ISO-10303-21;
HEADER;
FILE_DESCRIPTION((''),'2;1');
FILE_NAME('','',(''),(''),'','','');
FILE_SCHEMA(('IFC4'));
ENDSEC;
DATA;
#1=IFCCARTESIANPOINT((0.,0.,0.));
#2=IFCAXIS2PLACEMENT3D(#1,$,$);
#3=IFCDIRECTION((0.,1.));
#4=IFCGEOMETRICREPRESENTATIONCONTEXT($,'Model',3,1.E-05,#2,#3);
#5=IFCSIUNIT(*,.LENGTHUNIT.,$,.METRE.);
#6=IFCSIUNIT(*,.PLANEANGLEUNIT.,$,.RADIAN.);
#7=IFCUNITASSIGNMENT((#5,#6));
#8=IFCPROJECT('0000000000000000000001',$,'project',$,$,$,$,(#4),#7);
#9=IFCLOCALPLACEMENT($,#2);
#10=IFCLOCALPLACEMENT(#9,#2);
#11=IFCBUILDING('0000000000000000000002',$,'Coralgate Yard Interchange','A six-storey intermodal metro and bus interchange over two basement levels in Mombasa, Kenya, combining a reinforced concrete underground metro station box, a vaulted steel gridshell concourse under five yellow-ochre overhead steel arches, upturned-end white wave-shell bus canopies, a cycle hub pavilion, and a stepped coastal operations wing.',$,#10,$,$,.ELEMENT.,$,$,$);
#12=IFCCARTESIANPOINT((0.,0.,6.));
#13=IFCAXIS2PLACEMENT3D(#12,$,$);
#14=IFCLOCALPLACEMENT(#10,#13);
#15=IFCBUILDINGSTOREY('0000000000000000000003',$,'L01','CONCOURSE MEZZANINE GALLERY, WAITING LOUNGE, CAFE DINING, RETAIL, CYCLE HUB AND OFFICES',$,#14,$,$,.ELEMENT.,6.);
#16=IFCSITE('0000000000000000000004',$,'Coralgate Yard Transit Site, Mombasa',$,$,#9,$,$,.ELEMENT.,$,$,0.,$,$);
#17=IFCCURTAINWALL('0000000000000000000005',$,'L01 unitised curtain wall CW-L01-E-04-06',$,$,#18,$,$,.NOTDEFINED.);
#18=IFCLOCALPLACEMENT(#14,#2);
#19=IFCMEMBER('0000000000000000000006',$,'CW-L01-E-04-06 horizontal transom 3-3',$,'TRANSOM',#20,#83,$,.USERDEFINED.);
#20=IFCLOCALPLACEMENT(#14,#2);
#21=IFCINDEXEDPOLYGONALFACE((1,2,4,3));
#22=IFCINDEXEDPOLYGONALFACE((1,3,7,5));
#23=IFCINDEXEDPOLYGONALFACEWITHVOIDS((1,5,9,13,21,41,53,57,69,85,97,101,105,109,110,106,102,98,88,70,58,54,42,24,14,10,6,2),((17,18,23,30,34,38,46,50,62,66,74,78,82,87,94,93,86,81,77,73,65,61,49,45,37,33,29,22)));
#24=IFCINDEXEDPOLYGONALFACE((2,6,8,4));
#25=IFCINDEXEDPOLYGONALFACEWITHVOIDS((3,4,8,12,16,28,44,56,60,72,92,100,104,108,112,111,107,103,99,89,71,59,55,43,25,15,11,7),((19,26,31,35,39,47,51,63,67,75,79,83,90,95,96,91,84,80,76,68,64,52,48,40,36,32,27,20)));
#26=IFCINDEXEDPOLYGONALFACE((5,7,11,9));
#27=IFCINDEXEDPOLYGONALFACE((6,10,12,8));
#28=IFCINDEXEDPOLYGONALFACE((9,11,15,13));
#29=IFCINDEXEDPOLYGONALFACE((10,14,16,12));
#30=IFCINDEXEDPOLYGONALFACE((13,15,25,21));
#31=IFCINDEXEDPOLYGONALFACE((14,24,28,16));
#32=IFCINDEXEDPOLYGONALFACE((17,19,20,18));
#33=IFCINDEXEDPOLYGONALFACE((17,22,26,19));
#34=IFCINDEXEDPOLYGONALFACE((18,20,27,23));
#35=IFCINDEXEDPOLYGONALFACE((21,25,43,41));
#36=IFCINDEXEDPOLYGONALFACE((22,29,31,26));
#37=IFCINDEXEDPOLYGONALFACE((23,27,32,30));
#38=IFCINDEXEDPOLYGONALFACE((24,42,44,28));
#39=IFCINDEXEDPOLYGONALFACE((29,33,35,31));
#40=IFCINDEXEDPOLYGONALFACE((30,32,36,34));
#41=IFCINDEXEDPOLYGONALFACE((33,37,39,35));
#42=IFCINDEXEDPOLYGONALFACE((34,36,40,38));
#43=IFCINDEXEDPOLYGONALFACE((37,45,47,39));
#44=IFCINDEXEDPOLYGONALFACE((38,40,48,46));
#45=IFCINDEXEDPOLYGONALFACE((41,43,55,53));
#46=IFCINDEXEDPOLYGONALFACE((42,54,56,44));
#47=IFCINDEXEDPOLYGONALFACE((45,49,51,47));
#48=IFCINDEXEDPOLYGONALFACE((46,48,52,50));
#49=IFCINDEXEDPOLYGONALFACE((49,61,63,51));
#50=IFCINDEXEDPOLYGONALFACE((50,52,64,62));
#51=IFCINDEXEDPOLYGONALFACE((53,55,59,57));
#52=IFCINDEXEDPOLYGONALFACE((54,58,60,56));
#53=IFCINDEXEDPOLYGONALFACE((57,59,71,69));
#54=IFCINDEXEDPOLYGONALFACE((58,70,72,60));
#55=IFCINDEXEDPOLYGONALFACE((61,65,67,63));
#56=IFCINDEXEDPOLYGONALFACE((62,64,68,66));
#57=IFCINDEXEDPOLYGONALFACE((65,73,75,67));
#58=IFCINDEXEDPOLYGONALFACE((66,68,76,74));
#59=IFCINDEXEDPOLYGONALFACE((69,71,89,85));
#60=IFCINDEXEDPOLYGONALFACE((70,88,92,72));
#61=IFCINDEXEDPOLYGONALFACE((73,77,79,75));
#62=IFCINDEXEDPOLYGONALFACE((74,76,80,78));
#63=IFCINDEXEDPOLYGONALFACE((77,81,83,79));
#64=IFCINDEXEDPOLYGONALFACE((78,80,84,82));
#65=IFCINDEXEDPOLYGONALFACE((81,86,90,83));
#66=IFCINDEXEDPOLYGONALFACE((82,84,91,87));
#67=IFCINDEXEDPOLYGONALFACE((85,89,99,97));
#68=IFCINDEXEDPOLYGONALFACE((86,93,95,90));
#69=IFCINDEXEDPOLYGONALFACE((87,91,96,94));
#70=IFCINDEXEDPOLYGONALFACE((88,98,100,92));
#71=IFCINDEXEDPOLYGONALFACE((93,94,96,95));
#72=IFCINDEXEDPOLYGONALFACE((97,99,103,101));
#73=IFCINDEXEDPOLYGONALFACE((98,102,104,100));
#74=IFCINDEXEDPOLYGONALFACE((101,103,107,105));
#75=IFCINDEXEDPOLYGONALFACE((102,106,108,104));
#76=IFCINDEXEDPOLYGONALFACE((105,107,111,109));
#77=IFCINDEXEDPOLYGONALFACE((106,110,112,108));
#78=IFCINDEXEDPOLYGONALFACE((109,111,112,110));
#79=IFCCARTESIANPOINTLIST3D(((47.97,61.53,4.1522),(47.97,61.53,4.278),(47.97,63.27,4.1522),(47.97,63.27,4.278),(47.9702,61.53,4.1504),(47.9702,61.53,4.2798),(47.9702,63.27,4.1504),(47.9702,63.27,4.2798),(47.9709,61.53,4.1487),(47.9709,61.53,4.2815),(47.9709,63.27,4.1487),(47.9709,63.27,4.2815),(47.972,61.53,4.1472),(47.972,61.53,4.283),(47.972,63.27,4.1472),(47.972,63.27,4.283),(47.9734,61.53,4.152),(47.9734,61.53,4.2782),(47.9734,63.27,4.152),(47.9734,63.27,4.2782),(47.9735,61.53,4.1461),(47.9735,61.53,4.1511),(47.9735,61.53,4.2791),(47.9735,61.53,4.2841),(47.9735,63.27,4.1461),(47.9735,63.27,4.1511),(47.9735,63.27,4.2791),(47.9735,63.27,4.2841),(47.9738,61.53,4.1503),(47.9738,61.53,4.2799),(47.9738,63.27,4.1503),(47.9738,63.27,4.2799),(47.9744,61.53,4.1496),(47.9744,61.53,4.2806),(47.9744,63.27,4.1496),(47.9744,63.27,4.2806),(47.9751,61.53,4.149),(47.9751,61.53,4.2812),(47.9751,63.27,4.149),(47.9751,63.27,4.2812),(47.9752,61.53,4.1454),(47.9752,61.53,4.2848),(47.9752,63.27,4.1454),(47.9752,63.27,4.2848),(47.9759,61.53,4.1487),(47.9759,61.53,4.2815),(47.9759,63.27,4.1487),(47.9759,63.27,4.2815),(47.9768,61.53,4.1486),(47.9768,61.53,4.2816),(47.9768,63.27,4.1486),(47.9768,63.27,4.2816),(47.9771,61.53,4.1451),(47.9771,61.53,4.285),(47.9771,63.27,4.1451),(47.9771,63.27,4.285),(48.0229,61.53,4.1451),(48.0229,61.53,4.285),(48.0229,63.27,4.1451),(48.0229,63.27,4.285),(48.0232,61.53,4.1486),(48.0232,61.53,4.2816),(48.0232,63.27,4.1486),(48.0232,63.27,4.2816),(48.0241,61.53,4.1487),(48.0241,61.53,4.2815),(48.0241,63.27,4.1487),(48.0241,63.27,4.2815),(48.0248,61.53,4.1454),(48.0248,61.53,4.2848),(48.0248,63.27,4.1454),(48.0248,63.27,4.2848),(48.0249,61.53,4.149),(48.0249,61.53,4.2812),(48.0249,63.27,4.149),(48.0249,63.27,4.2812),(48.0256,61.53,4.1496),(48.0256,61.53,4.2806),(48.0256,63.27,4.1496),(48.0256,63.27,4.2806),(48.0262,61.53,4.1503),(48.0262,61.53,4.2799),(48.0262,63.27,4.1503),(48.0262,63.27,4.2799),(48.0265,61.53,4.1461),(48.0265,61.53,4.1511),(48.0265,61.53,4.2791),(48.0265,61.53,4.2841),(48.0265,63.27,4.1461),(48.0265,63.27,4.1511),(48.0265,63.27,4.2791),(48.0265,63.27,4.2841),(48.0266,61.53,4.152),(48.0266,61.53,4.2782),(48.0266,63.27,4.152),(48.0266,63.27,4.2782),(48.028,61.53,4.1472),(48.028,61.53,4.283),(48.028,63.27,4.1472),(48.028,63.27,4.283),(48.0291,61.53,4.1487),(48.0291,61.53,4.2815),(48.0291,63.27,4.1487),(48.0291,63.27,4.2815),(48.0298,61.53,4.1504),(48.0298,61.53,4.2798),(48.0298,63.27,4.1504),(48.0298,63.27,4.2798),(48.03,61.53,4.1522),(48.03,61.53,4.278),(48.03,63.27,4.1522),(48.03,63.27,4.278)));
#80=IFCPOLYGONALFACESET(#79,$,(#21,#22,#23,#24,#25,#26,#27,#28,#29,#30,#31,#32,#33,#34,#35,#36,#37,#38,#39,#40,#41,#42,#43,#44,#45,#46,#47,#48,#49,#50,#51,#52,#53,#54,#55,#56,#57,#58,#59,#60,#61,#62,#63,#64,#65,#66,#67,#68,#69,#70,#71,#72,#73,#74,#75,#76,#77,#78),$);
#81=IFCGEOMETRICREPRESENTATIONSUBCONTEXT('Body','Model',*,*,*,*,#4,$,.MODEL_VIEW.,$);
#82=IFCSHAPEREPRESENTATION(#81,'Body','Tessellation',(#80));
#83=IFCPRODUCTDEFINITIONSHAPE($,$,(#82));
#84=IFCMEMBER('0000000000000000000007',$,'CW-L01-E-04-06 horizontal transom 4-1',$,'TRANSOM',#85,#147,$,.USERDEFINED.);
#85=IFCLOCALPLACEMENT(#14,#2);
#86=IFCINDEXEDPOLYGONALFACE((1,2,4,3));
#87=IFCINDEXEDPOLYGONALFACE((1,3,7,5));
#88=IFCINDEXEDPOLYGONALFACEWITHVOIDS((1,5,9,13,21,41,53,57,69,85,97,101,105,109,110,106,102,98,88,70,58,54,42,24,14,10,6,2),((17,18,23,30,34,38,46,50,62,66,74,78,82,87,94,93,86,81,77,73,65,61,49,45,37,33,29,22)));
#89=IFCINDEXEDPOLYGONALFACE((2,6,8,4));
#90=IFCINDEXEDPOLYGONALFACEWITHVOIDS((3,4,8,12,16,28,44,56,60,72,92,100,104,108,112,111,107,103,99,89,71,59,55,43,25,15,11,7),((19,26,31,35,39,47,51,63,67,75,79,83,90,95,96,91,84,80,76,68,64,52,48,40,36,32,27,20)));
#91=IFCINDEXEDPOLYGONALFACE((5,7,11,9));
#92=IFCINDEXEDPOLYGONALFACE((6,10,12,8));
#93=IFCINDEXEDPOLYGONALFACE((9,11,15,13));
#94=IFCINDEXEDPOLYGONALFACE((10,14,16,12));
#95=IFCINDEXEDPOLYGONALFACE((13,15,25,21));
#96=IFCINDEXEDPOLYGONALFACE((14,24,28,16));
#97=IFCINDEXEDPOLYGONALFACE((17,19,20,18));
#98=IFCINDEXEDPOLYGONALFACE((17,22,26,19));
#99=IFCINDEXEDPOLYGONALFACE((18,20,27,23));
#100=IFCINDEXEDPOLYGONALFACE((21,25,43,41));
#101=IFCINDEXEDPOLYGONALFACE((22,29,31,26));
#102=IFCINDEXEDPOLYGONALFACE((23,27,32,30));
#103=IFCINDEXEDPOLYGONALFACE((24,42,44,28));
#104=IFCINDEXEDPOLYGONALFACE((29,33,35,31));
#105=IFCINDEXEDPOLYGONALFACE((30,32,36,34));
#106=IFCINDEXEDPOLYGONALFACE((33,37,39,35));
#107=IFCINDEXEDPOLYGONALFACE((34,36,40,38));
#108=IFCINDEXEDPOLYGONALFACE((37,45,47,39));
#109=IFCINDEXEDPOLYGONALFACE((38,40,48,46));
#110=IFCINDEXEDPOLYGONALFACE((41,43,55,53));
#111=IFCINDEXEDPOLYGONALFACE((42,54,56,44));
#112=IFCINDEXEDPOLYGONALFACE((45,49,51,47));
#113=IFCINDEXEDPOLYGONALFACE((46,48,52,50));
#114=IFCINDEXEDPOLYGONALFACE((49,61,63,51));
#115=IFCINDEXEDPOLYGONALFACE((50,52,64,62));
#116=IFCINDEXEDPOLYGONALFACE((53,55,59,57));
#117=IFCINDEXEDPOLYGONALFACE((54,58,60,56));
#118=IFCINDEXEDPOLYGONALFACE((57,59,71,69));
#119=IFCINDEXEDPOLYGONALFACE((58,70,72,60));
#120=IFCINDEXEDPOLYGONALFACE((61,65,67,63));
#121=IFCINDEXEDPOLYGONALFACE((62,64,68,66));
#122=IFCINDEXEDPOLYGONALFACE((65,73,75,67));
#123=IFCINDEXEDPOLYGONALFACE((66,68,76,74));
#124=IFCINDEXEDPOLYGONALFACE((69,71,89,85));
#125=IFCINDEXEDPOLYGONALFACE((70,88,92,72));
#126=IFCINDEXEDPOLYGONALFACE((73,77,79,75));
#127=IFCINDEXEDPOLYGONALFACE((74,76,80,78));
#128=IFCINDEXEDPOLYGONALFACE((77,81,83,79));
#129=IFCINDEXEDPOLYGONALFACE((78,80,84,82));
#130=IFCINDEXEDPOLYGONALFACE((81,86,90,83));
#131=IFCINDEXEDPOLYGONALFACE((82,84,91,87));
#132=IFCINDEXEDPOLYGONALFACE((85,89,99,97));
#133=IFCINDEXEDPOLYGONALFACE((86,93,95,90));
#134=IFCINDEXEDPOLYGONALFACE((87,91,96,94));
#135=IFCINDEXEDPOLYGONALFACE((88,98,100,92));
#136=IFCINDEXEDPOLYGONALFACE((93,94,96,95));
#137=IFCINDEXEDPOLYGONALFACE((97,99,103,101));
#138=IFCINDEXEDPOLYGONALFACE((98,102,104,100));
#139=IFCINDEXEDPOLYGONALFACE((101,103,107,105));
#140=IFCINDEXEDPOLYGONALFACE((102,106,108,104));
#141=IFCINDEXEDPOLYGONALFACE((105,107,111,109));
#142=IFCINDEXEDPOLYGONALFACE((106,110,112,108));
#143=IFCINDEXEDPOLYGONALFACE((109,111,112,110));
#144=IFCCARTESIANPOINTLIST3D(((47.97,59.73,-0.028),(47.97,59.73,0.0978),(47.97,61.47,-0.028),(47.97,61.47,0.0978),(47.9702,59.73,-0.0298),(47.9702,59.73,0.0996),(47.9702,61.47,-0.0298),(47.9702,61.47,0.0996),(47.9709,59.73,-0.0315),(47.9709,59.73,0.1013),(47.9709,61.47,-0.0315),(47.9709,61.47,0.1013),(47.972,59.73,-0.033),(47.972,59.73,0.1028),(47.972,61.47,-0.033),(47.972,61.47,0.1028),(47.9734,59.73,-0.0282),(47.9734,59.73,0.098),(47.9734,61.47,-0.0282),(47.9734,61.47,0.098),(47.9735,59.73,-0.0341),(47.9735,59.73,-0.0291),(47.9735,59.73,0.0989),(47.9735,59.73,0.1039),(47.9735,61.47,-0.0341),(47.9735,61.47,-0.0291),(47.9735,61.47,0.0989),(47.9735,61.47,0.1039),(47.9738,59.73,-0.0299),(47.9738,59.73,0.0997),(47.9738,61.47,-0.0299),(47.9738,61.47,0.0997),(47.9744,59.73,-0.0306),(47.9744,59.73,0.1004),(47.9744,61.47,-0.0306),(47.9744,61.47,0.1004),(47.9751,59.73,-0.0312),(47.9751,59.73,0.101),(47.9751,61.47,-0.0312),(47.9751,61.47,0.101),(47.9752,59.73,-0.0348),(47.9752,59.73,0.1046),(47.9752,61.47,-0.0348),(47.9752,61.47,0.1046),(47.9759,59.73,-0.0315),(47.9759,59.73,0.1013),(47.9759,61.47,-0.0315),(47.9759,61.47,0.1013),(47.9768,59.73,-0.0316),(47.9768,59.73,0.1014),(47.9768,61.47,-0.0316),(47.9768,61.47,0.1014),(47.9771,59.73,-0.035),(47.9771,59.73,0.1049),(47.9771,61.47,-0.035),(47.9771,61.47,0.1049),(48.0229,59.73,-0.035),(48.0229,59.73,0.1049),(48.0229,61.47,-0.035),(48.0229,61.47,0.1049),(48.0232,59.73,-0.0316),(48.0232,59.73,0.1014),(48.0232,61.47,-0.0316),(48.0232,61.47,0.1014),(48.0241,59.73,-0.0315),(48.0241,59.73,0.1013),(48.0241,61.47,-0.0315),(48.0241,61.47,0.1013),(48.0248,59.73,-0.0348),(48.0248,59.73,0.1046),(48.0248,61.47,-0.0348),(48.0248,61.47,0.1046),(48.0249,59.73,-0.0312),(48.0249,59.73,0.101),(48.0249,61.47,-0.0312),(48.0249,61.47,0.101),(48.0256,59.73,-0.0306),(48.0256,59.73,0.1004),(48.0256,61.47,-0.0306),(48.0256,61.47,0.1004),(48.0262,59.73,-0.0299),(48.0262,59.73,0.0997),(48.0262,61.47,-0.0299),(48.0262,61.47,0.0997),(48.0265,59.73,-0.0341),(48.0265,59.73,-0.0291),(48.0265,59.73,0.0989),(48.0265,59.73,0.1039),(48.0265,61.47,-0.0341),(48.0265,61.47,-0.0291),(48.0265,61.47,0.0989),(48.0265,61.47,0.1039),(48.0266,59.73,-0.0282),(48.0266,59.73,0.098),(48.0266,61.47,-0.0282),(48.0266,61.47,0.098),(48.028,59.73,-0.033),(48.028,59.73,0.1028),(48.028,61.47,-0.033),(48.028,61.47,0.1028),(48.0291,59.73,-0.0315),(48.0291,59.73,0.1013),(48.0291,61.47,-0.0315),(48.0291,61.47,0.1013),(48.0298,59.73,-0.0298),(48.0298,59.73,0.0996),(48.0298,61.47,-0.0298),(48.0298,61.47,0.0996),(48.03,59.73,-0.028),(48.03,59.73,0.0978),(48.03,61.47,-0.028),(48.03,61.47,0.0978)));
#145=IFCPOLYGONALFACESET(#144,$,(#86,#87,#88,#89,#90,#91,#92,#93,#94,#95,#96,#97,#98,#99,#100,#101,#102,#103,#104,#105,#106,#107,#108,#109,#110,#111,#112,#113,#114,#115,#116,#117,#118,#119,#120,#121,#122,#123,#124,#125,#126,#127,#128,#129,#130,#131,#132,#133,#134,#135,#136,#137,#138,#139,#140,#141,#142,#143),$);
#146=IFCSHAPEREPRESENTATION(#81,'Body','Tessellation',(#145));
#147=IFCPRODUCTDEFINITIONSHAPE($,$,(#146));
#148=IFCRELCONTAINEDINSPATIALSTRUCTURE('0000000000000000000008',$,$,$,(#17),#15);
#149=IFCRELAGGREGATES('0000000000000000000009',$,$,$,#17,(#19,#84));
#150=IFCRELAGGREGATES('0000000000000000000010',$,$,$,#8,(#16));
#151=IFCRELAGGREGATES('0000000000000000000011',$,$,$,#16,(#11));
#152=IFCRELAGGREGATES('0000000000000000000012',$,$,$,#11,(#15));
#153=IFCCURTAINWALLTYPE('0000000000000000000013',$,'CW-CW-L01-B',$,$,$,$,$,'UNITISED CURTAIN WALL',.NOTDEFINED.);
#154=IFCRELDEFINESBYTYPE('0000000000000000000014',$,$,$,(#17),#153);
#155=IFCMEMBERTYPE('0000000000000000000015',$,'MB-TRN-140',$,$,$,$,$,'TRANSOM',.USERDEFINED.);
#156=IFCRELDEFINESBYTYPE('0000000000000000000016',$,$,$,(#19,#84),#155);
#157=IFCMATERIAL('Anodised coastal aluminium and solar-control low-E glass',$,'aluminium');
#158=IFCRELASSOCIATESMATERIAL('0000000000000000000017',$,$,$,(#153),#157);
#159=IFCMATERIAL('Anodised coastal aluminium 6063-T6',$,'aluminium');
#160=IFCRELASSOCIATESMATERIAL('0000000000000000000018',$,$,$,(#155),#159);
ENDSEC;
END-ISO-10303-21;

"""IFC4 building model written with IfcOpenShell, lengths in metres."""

from ifc_helpers import new_model, si_unit, direction, frame, origin, origin_2d, place, context, subcontext, project, spatial, hollow_rectangle, extrude, material, material_profile, profile_set, type_object, element, aggregate, save


model = new_model("IFC4")

# Units and contexts
model_context = context("Model", 3, precision=1e-05, world=origin(), true_north=direction((0.0, 1.0)))
body_context = subcontext(model_context, "Body", "Model", "MODEL_VIEW")
ifc_project = project(units=[si_unit("LENGTHUNIT", "METRE"), si_unit("PLANEANGLEUNIT", "RADIAN")], contexts=[model_context])

# Site, building, storey
site_placement = place(None, origin())
site = spatial("IfcSite", under=ifc_project, at=site_placement, Name="Coralgate Yard Transit Site, Mombasa", CompositionType="ELEMENT", RefElevation=0.0)
building_placement = place(site_placement, origin())
building = spatial("IfcBuilding", under=site, at=building_placement, Name="Coralgate Yard Interchange", Description="A six-storey intermodal metro and bus interchange over two basement levels in Mombasa, Kenya, combining a reinforced concrete underground metro station box, a vaulted steel gridshell concourse under five yellow-ochre overhead steel arches, upturned-end white wave-shell bus canopies, a cycle hub pavilion, and a stepped coastal operations wing.", CompositionType="ELEMENT")
storey_placement = place(building_placement, frame((0.0, 0.0, 6.0)))
storey = spatial("IfcBuildingStorey", under=building, at=storey_placement, Name="L01", Description="CONCOURSE MEZZANINE GALLERY, WAITING LOUNGE, CAFE DINING, RETAIL, CYCLE HUB AND OFFICES", CompositionType="ELEMENT", Elevation=6.0)

# Shared definitions
ifc_material_1 = material(Name="Anodised coastal aluminium and solar-control low-E glass", Category="aluminium")
curtain_wall_type = type_object("IfcCurtainWallType", Name="CW-CW-L01-B", ElementType="UNITISED CURTAIN WALL", PredefinedType="NOTDEFINED", material=ifc_material_1)
ifc_material_2 = material(Name="Anodised coastal aluminium 6063-T6", Category="aluminium")

# Curtain wall
curtain_wall_1_placement = place(storey_placement, origin())
curtain_wall_1 = element("IfcCurtainWall", 1, at=curtain_wall_1_placement, inside=storey, type_object=curtain_wall_type, Name="L01 unitised curtain wall CW-L01-E-04-06", PredefinedType="NOTDEFINED")

# Members
ifc_material_profile_1 = material_profile(ifc_material_2, hollow_rectangle(XDim=0.0601, YDim=0.1399, WallThickness=0.0034, InnerFilletRadius=0.0034, OuterFilletRadius=0.0071, at=origin_2d()), Name="ALU 60x140x3.5")
ifc_profile_set_1 = profile_set([ifc_material_profile_1], Name="Anodised coastal aluminium 6063-T6")
member_type_1 = type_object("IfcMemberType", Name="MB-TRN-140", ElementType="TRANSOM", PredefinedType="USERDEFINED", material=ifc_profile_set_1)
member_1_placement = place(storey_placement, frame((48.0, 63.27, 4.2151), z_axis=(0.0, -1.0, 0.0), x_axis=(1.0, 0.0, 0.0)))
member_1 = element("IfcMember", 2, at=member_1_placement, type_object=member_type_1, Name="CW-L01-E-04-06 horizontal transom 3-3", ObjectType="TRANSOM", PredefinedType="USERDEFINED", context=body_context, shape_type="SweptSolid", body=[
    extrude(hollow_rectangle(XDim=0.0601, YDim=0.1399, WallThickness=0.0034, InnerFilletRadius=0.0034, OuterFilletRadius=0.0071, at=origin_2d()), origin(), (0.0, 0.0, 1.0), 1.74),
])
member_2_placement = place(storey_placement, frame((48.0, 61.47, 0.0349), z_axis=(0.0, -1.0, 0.0), x_axis=(1.0, 0.0, 0.0)))
member_2 = element("IfcMember", 3, at=member_2_placement, type_object=member_type_1, Name="CW-L01-E-04-06 horizontal transom 4-1", ObjectType="TRANSOM", PredefinedType="USERDEFINED", context=body_context, shape_type="SweptSolid", body=[
    extrude(hollow_rectangle(XDim=0.0601, YDim=0.1399, WallThickness=0.0034, InnerFilletRadius=0.0034, OuterFilletRadius=0.0071, at=origin_2d()), origin(), (0.0, 0.0, 1.0), 1.74),
])

aggregate(curtain_wall_1, [member_1, member_2])

save(model, "model.ifc")
